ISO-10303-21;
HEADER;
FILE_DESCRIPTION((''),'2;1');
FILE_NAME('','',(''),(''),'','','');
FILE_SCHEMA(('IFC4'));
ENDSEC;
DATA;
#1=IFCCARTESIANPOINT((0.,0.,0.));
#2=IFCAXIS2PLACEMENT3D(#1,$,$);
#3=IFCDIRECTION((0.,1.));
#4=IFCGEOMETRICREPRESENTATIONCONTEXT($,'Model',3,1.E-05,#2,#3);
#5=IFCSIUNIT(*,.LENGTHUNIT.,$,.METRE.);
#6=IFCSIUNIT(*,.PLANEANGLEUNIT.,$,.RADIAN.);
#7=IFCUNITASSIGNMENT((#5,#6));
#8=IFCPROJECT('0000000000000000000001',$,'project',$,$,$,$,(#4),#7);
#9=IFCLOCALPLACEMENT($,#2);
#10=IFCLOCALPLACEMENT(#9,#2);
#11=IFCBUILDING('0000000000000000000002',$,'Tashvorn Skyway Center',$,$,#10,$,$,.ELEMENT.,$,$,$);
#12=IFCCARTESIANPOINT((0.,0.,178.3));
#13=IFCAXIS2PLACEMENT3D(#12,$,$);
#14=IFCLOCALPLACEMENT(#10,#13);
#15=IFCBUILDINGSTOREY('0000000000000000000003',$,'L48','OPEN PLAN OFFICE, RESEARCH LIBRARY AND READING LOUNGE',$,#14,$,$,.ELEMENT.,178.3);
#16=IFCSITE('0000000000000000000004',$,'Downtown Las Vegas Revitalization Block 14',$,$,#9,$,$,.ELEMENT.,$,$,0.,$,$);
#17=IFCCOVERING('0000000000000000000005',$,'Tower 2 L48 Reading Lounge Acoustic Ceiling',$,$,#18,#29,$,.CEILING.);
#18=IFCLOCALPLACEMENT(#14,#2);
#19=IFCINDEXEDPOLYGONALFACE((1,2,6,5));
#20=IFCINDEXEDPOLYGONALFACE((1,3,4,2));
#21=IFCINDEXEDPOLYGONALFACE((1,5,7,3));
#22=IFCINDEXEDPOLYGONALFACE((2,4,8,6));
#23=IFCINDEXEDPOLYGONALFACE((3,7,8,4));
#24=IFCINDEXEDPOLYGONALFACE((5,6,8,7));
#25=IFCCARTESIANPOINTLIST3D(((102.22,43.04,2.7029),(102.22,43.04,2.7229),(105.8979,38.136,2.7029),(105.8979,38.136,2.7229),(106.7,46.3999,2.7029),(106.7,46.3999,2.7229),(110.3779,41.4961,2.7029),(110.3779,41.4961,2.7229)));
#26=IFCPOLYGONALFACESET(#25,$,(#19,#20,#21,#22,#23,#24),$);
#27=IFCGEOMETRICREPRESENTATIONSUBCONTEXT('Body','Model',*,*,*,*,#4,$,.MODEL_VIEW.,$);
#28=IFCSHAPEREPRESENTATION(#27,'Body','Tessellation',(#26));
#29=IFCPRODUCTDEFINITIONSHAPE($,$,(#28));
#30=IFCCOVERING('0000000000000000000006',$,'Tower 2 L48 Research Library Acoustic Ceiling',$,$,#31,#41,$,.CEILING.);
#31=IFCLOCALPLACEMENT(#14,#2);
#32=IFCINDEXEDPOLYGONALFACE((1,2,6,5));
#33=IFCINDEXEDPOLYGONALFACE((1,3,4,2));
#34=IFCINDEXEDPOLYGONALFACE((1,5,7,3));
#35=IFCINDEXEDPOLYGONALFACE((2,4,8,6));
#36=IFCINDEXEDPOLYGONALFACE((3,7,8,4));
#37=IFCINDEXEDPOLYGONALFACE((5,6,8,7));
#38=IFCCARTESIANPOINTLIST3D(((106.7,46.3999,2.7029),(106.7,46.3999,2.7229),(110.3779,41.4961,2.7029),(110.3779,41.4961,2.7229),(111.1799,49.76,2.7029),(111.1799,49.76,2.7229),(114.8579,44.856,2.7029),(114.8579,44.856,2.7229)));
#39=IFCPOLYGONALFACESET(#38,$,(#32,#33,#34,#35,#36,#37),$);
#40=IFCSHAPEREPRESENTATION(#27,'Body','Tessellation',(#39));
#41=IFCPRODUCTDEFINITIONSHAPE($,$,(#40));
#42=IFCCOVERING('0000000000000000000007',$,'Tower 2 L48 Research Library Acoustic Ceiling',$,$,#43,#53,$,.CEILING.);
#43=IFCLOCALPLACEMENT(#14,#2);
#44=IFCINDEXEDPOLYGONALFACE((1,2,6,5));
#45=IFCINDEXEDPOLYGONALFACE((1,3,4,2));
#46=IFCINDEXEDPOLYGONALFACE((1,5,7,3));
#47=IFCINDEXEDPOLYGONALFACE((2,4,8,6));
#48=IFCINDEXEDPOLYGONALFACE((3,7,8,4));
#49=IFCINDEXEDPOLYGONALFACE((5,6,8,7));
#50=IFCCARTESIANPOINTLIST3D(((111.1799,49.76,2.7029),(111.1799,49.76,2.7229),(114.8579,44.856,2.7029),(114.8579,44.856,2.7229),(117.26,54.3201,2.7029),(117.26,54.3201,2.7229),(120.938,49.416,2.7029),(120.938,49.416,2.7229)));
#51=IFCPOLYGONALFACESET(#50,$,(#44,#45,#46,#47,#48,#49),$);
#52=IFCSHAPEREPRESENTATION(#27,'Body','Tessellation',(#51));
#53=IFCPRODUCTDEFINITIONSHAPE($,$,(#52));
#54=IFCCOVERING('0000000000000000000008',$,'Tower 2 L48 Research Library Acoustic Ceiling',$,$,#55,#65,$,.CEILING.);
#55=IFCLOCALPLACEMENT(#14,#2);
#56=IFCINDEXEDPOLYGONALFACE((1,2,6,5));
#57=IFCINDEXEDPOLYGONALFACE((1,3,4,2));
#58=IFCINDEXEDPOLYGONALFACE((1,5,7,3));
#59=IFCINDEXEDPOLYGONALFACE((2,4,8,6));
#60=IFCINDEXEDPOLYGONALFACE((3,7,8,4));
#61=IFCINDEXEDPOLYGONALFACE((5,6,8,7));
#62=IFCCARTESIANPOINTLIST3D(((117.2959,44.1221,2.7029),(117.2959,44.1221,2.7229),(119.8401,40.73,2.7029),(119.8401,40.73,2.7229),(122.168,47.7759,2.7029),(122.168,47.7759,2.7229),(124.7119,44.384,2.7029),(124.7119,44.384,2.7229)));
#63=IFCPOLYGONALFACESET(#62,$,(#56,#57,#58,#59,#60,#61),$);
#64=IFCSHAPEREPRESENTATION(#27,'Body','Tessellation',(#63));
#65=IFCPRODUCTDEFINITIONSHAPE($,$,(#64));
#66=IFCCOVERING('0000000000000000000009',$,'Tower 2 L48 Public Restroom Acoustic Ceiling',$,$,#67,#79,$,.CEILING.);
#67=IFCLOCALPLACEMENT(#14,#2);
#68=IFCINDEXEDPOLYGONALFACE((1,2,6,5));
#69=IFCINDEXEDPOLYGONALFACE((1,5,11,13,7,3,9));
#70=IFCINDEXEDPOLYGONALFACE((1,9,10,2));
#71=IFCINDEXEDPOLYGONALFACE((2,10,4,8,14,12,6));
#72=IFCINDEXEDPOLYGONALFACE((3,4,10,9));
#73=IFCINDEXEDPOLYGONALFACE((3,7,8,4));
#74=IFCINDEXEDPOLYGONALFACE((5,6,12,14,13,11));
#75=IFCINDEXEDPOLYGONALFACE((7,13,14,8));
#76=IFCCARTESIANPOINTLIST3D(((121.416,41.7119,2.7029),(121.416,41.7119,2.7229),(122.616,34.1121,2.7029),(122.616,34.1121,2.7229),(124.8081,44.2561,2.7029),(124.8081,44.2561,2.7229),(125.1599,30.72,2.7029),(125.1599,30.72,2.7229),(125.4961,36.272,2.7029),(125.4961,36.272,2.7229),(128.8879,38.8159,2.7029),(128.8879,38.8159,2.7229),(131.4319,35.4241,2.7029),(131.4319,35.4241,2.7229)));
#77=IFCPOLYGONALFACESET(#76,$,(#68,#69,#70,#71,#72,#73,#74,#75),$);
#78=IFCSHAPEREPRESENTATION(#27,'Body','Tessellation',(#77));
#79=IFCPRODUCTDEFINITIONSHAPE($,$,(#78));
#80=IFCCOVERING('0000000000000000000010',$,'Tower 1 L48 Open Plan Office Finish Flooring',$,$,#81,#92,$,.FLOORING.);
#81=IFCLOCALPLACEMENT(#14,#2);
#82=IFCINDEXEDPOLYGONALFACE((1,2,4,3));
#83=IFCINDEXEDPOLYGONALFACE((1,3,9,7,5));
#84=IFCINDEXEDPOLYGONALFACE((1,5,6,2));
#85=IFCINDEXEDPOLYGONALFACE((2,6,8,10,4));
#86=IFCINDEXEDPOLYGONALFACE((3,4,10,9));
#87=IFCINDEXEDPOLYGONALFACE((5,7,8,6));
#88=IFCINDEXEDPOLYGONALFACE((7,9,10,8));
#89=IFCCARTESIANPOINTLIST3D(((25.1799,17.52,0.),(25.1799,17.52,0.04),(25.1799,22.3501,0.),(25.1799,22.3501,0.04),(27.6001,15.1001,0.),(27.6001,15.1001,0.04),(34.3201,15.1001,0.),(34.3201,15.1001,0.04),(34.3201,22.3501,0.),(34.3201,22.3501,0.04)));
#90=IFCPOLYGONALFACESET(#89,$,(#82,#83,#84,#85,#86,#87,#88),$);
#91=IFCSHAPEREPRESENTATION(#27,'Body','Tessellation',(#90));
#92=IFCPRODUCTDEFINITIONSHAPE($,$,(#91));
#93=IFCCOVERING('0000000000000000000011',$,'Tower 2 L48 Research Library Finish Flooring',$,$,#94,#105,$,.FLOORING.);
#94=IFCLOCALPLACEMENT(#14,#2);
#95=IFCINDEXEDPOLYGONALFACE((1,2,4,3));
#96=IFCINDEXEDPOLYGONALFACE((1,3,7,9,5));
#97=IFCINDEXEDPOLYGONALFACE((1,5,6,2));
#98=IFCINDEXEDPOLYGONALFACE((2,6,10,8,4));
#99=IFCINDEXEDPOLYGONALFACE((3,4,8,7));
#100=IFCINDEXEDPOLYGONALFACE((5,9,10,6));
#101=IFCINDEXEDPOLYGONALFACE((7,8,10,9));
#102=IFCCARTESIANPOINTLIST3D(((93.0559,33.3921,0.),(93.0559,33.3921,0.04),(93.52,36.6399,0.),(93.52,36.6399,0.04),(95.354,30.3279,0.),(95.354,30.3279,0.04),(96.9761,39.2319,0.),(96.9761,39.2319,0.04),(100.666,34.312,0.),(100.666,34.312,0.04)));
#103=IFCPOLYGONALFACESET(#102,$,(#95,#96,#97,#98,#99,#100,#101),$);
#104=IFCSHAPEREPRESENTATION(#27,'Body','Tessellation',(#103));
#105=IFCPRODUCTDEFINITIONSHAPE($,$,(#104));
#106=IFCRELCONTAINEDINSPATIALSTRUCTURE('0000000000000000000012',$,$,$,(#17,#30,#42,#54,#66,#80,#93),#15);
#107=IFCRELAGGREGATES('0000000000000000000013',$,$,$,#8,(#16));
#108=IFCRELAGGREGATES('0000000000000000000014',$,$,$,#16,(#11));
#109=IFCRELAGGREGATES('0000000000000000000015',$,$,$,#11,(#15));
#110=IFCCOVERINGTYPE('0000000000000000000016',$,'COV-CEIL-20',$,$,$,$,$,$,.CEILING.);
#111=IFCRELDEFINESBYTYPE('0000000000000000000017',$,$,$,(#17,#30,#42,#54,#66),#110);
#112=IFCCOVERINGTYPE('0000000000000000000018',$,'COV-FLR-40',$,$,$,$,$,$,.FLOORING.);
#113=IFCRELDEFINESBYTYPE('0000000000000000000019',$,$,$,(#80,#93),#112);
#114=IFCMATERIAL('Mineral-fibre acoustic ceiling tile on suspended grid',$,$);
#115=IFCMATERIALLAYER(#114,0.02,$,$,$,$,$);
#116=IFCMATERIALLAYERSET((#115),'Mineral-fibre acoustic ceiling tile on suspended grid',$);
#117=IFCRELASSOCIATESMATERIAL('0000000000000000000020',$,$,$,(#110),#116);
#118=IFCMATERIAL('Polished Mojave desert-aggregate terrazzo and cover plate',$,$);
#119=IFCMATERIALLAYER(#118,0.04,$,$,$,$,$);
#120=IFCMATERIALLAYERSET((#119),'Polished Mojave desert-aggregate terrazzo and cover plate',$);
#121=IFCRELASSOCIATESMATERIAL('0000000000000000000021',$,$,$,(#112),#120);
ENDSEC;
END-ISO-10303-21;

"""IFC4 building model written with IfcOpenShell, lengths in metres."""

from ifc_helpers import new_model, si_unit, direction, frame, origin, place, context, subcontext, project, spatial, polyline, outline, extrude, material, layer, layer_set, type_object, element, save


model = new_model("IFC4")

# Units and contexts
model_context = context("Model", 3, precision=1e-05, world=origin(), true_north=direction((0.0, 1.0)))
body_context = subcontext(model_context, "Body", "Model", "MODEL_VIEW")
ifc_project = project(units=[si_unit("LENGTHUNIT", "METRE"), si_unit("PLANEANGLEUNIT", "RADIAN")], contexts=[model_context])

# Site, building, storey
site_placement = place(None, origin())
site = spatial("IfcSite", under=ifc_project, at=site_placement, Name="Downtown Las Vegas Revitalization Block 14", CompositionType="ELEMENT", RefElevation=0.0)
building_placement = place(site_placement, origin())
building = spatial("IfcBuilding", under=site, at=building_placement, Name="Tashvorn Skyway Center", CompositionType="ELEMENT")
storey_placement = place(building_placement, frame((0.0, 0.0, 178.3)))
storey = spatial("IfcBuildingStorey", under=building, at=storey_placement, Name="L48", Description="OPEN PLAN OFFICE, RESEARCH LIBRARY AND READING LOUNGE", CompositionType="ELEMENT", Elevation=178.3)

# Coverings
ifc_material_1 = material(Name="Mineral-fibre acoustic ceiling tile on suspended grid")
ifc_layer_1 = layer(ifc_material_1, 0.02)
ifc_layer_set_1 = layer_set([ifc_layer_1], Name="Mineral-fibre acoustic ceiling tile on suspended grid")
covering_type_1 = type_object("IfcCoveringType", Name="COV-CEIL-20", PredefinedType="CEILING", material=ifc_layer_set_1)
covering_1_placement = place(storey_placement, frame((0.0, 0.0, 2.7029)))
element("IfcCovering", 1, at=covering_1_placement, inside=storey, type_object=covering_type_1, Name="Tower 2 L48 Reading Lounge Acoustic Ceiling", PredefinedType="CEILING", context=body_context, shape_type="SweptSolid", body=[
    extrude(outline(polyline([(105.8979, 38.136), (110.3779, 41.4961), (106.7, 46.3999), (102.22, 43.04), (105.8979, 38.136)])), origin(), (0.0, 0.0, 1.0), 0.02),
])
covering_2_placement = place(storey_placement, frame((0.0, 0.0, 2.7029)))
element("IfcCovering", 2, at=covering_2_placement, inside=storey, type_object=covering_type_1, Name="Tower 2 L48 Research Library Acoustic Ceiling", PredefinedType="CEILING", context=body_context, shape_type="SweptSolid", body=[
    extrude(outline(polyline([(110.3779, 41.4961), (114.8579, 44.856), (111.1799, 49.76), (106.7, 46.3999), (110.3779, 41.4961)])), origin(), (0.0, 0.0, 1.0), 0.02),
])
covering_3_placement = place(storey_placement, frame((0.0, 0.0, 2.7029)))
element("IfcCovering", 3, at=covering_3_placement, inside=storey, type_object=covering_type_1, Name="Tower 2 L48 Research Library Acoustic Ceiling", PredefinedType="CEILING", context=body_context, shape_type="SweptSolid", body=[
    extrude(outline(polyline([(114.8579, 44.856), (120.938, 49.416), (117.26, 54.3201), (111.1799, 49.76), (114.8579, 44.856)])), origin(), (0.0, 0.0, 1.0), 0.02),
])
covering_4_placement = place(storey_placement, frame((0.0, 0.0, 2.7029)))
element("IfcCovering", 4, at=covering_4_placement, inside=storey, type_object=covering_type_1, Name="Tower 2 L48 Research Library Acoustic Ceiling", PredefinedType="CEILING", context=body_context, shape_type="SweptSolid", body=[
    extrude(outline(polyline([(119.8401, 40.73), (117.2959, 44.1221), (122.168, 47.7759), (124.7119, 44.384), (119.8401, 40.73)])), origin(), (0.0, 0.0, 1.0), 0.02),
])
covering_5_placement = place(storey_placement, frame((0.0, 0.0, 2.7029)))
element("IfcCovering", 5, at=covering_5_placement, inside=storey, type_object=covering_type_1, Name="Tower 2 L48 Public Restroom Acoustic Ceiling", PredefinedType="CEILING", context=body_context, shape_type="SweptSolid", body=[
    extrude(outline(polyline([(125.1599, 30.72), (122.616, 34.1121), (125.4961, 36.272), (121.416, 41.7119), (124.8081, 44.2561), (128.8879, 38.8159), (131.4319, 35.4241), (125.1599, 30.72)])), origin(), (0.0, 0.0, 1.0), 0.02),
])
ifc_material_2 = material(Name="Polished Mojave desert-aggregate terrazzo and cover plate")
ifc_layer_2 = layer(ifc_material_2, 0.04)
ifc_layer_set_2 = layer_set([ifc_layer_2], Name="Polished Mojave desert-aggregate terrazzo and cover plate")
covering_type_2 = type_object("IfcCoveringType", Name="COV-FLR-40", PredefinedType="FLOORING", material=ifc_layer_set_2)
covering_6_placement = place(storey_placement, origin())
element("IfcCovering", 6, at=covering_6_placement, inside=storey, type_object=covering_type_2, Name="Tower 1 L48 Open Plan Office Finish Flooring", PredefinedType="FLOORING", context=body_context, shape_type="SweptSolid", body=[
    extrude(outline(polyline([(27.6001, 15.1001), (25.1799, 17.52), (25.1799, 22.3501), (34.3201, 22.3501), (34.3201, 15.1001), (27.6001, 15.1001)])), origin(), (0.0, 0.0, 1.0), 0.04),
])
covering_7_placement = place(storey_placement, origin())
element("IfcCovering", 7, at=covering_7_placement, inside=storey, type_object=covering_type_2, Name="Tower 2 L48 Research Library Finish Flooring", PredefinedType="FLOORING", context=body_context, shape_type="SweptSolid", body=[
    extrude(outline(polyline([(100.666, 34.312), (95.354, 30.3279), (93.0559, 33.3921), (93.52, 36.6399), (96.9761, 39.2319), (100.666, 34.312)])), origin(), (0.0, 0.0, 1.0), 0.04),
])

save(model, "model.ifc")
